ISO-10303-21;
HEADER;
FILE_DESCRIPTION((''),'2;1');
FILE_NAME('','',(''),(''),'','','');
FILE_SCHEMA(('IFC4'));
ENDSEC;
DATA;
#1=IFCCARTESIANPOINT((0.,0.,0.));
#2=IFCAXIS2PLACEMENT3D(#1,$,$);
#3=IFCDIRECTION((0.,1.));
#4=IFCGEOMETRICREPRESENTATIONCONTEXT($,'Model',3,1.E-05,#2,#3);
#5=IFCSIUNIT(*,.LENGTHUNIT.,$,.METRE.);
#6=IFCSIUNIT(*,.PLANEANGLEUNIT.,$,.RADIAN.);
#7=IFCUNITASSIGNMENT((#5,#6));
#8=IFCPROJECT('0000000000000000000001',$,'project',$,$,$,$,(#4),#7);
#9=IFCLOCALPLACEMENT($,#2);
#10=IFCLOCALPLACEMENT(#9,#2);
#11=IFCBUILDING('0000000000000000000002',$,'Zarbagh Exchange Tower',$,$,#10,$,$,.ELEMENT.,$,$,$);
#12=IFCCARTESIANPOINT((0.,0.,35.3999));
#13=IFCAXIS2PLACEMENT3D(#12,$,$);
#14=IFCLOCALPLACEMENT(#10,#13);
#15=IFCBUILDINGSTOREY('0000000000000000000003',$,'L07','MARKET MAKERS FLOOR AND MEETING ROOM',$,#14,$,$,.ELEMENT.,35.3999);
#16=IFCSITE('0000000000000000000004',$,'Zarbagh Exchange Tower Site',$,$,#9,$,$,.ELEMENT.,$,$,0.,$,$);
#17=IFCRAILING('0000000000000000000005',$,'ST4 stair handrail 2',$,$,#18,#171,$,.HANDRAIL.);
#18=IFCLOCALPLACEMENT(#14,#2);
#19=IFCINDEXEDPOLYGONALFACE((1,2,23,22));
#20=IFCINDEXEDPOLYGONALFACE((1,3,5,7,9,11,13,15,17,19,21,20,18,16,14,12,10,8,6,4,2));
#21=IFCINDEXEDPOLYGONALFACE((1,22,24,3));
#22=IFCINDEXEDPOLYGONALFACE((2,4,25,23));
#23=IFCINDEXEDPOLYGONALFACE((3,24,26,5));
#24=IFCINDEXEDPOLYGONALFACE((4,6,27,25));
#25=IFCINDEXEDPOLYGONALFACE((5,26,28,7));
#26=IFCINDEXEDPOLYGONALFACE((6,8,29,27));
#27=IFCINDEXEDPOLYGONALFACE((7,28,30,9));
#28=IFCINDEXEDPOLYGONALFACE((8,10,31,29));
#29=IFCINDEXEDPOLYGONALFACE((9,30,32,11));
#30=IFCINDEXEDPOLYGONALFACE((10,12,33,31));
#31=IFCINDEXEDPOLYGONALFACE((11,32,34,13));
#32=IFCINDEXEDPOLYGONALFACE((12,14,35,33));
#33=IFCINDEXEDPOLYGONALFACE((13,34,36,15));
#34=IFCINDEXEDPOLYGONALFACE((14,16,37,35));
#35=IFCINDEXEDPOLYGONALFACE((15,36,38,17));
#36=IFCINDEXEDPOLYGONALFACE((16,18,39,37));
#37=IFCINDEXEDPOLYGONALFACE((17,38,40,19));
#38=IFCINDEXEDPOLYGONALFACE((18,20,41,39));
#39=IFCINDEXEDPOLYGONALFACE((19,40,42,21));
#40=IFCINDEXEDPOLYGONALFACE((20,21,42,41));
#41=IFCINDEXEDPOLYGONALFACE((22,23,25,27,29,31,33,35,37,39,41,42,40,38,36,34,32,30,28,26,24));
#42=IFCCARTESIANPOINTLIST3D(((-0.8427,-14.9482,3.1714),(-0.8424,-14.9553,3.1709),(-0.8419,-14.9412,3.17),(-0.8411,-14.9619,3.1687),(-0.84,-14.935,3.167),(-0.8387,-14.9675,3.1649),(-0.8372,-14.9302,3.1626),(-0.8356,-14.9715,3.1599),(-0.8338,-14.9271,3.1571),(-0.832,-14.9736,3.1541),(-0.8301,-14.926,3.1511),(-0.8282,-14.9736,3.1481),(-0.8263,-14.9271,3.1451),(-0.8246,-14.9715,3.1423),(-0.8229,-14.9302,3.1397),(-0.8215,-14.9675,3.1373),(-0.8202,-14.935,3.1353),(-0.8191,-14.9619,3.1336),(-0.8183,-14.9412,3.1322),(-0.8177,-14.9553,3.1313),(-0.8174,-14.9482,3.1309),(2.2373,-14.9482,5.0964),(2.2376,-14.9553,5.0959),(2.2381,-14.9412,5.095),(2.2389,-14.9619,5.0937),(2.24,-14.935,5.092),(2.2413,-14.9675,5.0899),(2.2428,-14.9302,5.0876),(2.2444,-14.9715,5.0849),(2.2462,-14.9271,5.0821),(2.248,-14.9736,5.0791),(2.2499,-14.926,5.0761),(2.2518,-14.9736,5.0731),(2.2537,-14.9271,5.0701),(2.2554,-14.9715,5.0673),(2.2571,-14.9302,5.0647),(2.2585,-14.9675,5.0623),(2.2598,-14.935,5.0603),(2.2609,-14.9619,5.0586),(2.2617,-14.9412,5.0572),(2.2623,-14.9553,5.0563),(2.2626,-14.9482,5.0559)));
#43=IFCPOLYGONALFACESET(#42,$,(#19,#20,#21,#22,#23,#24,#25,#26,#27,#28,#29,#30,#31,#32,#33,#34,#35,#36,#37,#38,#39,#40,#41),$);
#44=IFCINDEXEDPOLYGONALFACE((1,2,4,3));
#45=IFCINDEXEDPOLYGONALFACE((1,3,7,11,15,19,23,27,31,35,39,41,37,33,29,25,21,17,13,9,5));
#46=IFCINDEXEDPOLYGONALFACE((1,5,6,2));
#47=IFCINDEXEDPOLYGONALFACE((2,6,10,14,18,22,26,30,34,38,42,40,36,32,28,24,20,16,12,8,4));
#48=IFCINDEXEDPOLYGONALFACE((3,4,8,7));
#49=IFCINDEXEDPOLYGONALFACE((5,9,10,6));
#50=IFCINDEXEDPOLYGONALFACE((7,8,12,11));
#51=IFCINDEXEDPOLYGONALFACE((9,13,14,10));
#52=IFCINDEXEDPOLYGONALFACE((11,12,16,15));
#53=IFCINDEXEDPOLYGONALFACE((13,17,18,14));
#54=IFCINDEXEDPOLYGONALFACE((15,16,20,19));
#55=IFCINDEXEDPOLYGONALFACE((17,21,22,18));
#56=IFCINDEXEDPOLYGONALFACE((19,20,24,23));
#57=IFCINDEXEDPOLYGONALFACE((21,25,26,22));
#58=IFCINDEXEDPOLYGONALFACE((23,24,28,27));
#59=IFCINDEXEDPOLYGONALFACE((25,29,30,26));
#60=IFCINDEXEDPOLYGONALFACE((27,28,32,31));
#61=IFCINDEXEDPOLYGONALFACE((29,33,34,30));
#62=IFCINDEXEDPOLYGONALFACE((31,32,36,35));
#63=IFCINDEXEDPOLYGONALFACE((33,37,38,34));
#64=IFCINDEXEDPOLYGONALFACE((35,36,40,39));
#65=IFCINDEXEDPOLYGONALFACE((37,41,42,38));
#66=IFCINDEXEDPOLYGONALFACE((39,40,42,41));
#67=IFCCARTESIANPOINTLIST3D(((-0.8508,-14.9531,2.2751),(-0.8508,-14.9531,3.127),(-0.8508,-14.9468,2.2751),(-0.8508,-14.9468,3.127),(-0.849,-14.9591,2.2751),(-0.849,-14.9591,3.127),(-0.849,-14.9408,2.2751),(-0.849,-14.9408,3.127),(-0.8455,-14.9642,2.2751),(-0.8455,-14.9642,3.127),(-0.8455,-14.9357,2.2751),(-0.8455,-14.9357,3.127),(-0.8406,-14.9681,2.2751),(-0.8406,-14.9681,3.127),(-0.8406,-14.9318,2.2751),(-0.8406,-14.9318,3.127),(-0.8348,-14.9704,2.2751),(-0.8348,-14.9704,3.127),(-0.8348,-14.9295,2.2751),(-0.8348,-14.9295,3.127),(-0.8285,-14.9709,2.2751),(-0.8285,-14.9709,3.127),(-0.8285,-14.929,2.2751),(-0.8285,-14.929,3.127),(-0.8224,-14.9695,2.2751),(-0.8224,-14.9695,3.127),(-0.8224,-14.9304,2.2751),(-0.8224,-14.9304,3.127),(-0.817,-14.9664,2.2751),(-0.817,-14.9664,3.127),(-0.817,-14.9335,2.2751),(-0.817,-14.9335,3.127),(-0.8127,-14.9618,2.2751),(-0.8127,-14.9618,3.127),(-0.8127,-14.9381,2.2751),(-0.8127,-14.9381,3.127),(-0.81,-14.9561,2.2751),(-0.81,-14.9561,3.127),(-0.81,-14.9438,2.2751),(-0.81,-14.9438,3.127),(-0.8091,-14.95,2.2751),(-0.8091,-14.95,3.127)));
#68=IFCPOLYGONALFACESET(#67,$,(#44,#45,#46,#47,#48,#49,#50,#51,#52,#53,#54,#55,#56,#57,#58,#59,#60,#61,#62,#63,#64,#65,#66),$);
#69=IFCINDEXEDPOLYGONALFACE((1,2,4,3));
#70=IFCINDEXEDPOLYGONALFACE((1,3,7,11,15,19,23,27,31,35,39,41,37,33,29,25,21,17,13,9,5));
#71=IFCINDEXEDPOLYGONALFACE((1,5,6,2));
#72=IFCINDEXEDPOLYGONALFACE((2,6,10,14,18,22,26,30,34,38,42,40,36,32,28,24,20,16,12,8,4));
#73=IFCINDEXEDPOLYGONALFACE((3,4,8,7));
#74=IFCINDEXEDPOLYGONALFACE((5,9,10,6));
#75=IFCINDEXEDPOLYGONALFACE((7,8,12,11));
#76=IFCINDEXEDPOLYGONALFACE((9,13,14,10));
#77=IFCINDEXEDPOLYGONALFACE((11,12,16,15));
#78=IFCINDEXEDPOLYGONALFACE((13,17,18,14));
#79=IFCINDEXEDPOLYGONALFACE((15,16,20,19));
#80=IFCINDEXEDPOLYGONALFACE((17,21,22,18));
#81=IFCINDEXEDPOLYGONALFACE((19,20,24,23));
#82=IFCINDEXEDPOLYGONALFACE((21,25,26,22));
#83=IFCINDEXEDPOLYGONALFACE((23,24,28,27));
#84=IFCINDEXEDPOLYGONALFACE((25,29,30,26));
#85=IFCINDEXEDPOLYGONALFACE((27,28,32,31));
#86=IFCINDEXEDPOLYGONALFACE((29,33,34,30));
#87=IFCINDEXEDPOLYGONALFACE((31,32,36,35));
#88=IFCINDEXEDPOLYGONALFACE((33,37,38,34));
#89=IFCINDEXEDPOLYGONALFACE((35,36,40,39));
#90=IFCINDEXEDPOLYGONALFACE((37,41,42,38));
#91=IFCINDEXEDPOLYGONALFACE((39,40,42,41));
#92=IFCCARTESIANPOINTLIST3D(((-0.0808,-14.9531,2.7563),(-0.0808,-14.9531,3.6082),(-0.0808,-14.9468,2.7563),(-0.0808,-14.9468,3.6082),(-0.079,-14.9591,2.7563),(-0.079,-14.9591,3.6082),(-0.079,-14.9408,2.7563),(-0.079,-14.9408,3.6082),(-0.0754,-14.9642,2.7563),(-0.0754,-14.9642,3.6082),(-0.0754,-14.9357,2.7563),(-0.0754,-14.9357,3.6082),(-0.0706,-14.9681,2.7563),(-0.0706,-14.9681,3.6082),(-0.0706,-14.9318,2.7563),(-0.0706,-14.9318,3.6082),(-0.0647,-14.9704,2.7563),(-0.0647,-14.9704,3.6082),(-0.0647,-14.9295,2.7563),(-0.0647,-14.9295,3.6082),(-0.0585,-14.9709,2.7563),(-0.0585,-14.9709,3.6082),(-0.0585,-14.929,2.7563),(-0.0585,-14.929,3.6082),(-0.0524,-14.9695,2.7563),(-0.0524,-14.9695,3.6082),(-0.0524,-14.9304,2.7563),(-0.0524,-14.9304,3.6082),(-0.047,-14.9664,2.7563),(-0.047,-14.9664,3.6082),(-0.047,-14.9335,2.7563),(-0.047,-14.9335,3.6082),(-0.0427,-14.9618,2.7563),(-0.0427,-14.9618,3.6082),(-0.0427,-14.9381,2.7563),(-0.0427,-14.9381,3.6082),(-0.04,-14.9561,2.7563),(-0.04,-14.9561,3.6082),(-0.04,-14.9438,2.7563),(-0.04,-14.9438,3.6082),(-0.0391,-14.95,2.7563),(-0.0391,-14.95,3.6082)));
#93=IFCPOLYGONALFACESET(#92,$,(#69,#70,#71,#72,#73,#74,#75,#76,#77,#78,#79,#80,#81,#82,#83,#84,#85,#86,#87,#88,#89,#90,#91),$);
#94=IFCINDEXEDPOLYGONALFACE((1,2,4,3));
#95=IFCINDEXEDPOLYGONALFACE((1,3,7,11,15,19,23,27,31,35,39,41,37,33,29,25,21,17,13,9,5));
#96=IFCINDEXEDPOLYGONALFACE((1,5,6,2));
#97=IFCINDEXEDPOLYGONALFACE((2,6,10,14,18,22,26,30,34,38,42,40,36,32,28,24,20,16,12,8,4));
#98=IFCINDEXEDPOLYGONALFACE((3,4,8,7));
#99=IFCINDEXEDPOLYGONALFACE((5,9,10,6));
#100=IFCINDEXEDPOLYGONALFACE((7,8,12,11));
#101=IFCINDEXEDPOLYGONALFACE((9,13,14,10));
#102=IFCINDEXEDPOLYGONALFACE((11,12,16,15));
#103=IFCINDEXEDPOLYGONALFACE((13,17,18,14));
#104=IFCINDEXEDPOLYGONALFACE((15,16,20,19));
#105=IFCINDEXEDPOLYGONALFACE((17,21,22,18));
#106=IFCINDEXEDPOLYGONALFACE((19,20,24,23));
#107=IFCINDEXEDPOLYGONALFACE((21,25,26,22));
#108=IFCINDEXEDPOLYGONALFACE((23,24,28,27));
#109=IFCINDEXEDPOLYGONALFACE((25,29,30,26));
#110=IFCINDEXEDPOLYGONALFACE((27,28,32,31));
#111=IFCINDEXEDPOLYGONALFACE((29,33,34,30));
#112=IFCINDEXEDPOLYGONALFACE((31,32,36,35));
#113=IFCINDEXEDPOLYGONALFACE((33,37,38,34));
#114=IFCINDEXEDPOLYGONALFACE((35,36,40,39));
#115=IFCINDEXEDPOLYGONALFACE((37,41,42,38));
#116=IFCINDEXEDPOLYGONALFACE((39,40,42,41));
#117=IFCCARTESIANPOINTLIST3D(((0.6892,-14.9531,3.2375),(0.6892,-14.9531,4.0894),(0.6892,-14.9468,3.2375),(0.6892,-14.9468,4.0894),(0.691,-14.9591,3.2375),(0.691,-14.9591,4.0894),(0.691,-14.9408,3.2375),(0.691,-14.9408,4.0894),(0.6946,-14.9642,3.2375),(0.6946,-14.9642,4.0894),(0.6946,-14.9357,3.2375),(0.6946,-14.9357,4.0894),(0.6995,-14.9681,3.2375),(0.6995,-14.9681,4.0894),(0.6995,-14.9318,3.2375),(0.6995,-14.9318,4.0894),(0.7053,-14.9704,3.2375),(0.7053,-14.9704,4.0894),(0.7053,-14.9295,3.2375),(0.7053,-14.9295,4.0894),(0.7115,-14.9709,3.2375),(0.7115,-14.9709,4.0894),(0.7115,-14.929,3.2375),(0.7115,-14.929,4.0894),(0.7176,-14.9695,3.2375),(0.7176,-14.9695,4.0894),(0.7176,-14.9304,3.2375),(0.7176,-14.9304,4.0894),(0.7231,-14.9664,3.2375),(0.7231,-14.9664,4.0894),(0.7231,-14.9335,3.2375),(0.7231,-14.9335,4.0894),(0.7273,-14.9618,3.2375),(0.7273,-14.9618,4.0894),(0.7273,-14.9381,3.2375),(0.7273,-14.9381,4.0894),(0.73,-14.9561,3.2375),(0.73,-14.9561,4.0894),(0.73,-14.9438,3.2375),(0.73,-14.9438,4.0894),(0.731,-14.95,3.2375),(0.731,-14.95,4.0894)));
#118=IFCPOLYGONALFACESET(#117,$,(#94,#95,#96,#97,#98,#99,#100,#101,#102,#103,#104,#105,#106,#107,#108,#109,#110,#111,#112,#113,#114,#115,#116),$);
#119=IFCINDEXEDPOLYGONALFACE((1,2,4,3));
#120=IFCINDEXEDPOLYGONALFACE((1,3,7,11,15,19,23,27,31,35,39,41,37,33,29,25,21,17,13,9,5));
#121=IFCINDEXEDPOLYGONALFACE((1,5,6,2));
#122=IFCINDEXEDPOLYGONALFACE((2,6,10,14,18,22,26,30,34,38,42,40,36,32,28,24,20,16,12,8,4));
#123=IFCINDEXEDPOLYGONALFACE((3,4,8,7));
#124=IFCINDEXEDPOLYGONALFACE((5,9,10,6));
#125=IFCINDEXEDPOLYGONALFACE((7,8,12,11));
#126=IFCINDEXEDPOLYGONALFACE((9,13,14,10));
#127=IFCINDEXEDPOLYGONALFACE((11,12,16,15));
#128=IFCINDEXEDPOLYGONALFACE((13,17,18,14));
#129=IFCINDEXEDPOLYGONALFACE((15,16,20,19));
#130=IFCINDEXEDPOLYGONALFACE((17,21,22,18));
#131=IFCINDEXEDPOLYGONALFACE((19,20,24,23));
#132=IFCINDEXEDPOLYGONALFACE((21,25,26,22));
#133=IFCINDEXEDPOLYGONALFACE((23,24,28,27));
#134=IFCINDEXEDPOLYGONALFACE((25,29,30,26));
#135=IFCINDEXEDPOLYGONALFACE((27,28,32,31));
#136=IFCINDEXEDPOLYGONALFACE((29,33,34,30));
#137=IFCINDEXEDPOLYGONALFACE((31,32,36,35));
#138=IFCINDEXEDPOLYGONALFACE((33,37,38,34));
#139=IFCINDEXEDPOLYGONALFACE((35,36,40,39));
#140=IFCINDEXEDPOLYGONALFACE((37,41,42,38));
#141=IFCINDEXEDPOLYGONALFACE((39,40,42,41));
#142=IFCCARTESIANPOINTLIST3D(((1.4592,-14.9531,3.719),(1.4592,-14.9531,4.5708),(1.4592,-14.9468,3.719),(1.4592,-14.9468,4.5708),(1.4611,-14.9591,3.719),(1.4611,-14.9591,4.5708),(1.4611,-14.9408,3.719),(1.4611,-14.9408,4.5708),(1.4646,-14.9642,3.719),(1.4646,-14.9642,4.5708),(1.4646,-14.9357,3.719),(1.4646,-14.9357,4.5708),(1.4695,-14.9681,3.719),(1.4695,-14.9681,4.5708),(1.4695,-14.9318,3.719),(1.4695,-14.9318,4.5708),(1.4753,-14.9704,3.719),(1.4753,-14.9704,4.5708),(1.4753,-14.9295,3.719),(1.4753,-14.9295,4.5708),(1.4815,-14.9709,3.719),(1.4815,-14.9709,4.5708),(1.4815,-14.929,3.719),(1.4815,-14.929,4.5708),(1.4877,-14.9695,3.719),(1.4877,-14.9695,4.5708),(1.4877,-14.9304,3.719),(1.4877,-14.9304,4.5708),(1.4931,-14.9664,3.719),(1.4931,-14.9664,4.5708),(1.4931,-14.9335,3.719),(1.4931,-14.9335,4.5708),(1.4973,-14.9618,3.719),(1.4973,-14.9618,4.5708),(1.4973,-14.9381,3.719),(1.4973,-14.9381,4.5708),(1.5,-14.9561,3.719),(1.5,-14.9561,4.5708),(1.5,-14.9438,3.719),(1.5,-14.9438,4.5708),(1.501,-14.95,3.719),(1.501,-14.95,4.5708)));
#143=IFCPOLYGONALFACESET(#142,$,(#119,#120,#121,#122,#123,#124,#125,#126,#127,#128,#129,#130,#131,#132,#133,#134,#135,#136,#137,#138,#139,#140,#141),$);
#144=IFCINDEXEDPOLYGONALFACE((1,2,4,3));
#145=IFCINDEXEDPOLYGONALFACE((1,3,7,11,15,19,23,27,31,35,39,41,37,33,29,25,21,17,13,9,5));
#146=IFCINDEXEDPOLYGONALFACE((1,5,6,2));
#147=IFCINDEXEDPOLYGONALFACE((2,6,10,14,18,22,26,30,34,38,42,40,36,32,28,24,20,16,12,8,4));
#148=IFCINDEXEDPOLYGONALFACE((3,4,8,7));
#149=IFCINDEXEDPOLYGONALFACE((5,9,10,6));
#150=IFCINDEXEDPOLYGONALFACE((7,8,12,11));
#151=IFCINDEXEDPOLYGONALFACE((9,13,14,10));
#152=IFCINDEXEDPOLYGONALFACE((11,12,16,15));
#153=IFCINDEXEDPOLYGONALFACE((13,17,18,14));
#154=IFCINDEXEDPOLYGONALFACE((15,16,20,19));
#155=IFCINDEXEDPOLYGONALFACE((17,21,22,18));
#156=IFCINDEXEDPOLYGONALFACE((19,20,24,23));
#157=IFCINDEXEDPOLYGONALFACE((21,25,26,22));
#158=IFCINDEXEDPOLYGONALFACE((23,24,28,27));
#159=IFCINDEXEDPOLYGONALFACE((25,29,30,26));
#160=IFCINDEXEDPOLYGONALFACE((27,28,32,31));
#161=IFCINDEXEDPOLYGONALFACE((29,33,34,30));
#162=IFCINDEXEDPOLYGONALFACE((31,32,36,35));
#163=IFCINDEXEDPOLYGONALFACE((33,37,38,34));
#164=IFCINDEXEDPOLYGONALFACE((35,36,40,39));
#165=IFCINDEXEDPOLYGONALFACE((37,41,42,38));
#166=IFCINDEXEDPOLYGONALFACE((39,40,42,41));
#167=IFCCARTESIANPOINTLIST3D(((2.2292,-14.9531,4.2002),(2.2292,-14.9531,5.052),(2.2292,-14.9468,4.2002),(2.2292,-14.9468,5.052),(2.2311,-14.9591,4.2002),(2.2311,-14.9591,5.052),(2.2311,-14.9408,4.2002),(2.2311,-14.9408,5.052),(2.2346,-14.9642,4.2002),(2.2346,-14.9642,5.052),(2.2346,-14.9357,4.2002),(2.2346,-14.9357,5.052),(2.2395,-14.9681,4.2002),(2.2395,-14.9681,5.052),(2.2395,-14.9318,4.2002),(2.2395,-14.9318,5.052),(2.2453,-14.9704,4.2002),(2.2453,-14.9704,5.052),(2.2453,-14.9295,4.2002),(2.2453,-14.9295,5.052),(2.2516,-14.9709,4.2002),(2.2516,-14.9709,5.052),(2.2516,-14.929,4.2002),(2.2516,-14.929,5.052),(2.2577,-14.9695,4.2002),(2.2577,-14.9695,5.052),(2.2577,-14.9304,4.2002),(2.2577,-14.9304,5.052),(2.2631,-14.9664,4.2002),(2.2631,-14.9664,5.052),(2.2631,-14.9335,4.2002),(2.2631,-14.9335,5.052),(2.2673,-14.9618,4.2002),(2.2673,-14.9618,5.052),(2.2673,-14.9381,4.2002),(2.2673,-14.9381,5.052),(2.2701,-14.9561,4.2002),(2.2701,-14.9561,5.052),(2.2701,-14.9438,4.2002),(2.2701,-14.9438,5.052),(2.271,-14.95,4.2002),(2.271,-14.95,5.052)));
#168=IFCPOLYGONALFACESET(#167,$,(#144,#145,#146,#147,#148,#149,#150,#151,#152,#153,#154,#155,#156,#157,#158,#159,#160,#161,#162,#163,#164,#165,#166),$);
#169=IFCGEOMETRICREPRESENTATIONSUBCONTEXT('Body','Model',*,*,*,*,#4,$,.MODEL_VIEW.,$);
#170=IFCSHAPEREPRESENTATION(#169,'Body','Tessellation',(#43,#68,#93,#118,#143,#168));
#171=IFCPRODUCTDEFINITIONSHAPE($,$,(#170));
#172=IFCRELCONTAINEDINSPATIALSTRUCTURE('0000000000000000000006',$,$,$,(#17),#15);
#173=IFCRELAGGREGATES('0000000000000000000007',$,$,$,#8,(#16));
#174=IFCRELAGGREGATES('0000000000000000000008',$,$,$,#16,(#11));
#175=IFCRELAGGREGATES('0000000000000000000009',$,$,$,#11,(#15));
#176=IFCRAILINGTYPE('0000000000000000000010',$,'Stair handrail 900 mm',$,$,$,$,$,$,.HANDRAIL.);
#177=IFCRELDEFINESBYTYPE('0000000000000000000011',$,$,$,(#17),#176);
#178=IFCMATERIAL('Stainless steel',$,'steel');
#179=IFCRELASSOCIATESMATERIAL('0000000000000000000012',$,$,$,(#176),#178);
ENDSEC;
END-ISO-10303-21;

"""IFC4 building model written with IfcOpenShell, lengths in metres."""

from ifc_helpers import new_model, si_unit, direction, frame, origin, origin_2d, place, context, subcontext, project, spatial, circle, extrude, material, type_object, element, save


model = new_model("IFC4")

# Units and contexts
model_context = context("Model", 3, precision=1e-05, world=origin(), true_north=direction((0.0, 1.0)))
body_context = subcontext(model_context, "Body", "Model", "MODEL_VIEW")
ifc_project = project(units=[si_unit("LENGTHUNIT", "METRE"), si_unit("PLANEANGLEUNIT", "RADIAN")], contexts=[model_context])

# Site, building, storey
site_placement = place(None, origin())
site = spatial("IfcSite", under=ifc_project, at=site_placement, Name="Zarbagh Exchange Tower Site", CompositionType="ELEMENT", RefElevation=0.0)
building_placement = place(site_placement, origin())
building = spatial("IfcBuilding", under=site, at=building_placement, Name="Zarbagh Exchange Tower", CompositionType="ELEMENT")
storey_placement = place(building_placement, frame((0.0, 0.0, 35.3999)))
storey = spatial("IfcBuildingStorey", under=building, at=storey_placement, Name="L07", Description="MARKET MAKERS FLOOR AND MEETING ROOM", CompositionType="ELEMENT", Elevation=35.3999)

# Shared definitions
ifc_material_1 = material(Name="Stainless steel", Category="steel")

# Railing
railing_type_1 = type_object("IfcRailingType", Name="Stair handrail 900 mm", PredefinedType="HANDRAIL", material=ifc_material_1)
for number, where, name in (
    (1, (-0.8301, -14.95, 2.2751), "ST4 stair handrail 2"),
):
    element("IfcRailing", number, at=place(storey_placement, frame(where)), inside=storey, type_object=railing_type_1, Name=name, PredefinedType="HANDRAIL", context=body_context, shape_type="SweptSolid", body=[
        extrude(circle(Radius=0.0239, at=origin_2d()), frame((0.0, 0.0, 0.876), z_axis=(0.847998, 0.0, 0.529999), x_axis=(0.0, 1.0, 0.0)), (0.0, 0.0, 1.0), 3.6321),
        extrude(circle(Radius=0.021, at=origin_2d()), origin(), (0.0, 0.0, 1.0), 0.8518),
        extrude(circle(Radius=0.021, at=origin_2d()), frame((0.77, 0.0, 0.4812)), (0.0, 0.0, 1.0), 0.8518),
        extrude(circle(Radius=0.021, at=origin_2d()), frame((1.54, 0.0, 0.9624)), (0.0, 0.0, 1.0), 0.8518),
        extrude(circle(Radius=0.021, at=origin_2d()), frame((2.3101, 0.0, 1.4438)), (0.0, 0.0, 1.0), 0.8518),
        extrude(circle(Radius=0.021, at=origin_2d()), frame((3.0801, 0.0, 1.925)), (0.0, 0.0, 1.0), 0.8518),
    ])

save(model, "model.ifc")
